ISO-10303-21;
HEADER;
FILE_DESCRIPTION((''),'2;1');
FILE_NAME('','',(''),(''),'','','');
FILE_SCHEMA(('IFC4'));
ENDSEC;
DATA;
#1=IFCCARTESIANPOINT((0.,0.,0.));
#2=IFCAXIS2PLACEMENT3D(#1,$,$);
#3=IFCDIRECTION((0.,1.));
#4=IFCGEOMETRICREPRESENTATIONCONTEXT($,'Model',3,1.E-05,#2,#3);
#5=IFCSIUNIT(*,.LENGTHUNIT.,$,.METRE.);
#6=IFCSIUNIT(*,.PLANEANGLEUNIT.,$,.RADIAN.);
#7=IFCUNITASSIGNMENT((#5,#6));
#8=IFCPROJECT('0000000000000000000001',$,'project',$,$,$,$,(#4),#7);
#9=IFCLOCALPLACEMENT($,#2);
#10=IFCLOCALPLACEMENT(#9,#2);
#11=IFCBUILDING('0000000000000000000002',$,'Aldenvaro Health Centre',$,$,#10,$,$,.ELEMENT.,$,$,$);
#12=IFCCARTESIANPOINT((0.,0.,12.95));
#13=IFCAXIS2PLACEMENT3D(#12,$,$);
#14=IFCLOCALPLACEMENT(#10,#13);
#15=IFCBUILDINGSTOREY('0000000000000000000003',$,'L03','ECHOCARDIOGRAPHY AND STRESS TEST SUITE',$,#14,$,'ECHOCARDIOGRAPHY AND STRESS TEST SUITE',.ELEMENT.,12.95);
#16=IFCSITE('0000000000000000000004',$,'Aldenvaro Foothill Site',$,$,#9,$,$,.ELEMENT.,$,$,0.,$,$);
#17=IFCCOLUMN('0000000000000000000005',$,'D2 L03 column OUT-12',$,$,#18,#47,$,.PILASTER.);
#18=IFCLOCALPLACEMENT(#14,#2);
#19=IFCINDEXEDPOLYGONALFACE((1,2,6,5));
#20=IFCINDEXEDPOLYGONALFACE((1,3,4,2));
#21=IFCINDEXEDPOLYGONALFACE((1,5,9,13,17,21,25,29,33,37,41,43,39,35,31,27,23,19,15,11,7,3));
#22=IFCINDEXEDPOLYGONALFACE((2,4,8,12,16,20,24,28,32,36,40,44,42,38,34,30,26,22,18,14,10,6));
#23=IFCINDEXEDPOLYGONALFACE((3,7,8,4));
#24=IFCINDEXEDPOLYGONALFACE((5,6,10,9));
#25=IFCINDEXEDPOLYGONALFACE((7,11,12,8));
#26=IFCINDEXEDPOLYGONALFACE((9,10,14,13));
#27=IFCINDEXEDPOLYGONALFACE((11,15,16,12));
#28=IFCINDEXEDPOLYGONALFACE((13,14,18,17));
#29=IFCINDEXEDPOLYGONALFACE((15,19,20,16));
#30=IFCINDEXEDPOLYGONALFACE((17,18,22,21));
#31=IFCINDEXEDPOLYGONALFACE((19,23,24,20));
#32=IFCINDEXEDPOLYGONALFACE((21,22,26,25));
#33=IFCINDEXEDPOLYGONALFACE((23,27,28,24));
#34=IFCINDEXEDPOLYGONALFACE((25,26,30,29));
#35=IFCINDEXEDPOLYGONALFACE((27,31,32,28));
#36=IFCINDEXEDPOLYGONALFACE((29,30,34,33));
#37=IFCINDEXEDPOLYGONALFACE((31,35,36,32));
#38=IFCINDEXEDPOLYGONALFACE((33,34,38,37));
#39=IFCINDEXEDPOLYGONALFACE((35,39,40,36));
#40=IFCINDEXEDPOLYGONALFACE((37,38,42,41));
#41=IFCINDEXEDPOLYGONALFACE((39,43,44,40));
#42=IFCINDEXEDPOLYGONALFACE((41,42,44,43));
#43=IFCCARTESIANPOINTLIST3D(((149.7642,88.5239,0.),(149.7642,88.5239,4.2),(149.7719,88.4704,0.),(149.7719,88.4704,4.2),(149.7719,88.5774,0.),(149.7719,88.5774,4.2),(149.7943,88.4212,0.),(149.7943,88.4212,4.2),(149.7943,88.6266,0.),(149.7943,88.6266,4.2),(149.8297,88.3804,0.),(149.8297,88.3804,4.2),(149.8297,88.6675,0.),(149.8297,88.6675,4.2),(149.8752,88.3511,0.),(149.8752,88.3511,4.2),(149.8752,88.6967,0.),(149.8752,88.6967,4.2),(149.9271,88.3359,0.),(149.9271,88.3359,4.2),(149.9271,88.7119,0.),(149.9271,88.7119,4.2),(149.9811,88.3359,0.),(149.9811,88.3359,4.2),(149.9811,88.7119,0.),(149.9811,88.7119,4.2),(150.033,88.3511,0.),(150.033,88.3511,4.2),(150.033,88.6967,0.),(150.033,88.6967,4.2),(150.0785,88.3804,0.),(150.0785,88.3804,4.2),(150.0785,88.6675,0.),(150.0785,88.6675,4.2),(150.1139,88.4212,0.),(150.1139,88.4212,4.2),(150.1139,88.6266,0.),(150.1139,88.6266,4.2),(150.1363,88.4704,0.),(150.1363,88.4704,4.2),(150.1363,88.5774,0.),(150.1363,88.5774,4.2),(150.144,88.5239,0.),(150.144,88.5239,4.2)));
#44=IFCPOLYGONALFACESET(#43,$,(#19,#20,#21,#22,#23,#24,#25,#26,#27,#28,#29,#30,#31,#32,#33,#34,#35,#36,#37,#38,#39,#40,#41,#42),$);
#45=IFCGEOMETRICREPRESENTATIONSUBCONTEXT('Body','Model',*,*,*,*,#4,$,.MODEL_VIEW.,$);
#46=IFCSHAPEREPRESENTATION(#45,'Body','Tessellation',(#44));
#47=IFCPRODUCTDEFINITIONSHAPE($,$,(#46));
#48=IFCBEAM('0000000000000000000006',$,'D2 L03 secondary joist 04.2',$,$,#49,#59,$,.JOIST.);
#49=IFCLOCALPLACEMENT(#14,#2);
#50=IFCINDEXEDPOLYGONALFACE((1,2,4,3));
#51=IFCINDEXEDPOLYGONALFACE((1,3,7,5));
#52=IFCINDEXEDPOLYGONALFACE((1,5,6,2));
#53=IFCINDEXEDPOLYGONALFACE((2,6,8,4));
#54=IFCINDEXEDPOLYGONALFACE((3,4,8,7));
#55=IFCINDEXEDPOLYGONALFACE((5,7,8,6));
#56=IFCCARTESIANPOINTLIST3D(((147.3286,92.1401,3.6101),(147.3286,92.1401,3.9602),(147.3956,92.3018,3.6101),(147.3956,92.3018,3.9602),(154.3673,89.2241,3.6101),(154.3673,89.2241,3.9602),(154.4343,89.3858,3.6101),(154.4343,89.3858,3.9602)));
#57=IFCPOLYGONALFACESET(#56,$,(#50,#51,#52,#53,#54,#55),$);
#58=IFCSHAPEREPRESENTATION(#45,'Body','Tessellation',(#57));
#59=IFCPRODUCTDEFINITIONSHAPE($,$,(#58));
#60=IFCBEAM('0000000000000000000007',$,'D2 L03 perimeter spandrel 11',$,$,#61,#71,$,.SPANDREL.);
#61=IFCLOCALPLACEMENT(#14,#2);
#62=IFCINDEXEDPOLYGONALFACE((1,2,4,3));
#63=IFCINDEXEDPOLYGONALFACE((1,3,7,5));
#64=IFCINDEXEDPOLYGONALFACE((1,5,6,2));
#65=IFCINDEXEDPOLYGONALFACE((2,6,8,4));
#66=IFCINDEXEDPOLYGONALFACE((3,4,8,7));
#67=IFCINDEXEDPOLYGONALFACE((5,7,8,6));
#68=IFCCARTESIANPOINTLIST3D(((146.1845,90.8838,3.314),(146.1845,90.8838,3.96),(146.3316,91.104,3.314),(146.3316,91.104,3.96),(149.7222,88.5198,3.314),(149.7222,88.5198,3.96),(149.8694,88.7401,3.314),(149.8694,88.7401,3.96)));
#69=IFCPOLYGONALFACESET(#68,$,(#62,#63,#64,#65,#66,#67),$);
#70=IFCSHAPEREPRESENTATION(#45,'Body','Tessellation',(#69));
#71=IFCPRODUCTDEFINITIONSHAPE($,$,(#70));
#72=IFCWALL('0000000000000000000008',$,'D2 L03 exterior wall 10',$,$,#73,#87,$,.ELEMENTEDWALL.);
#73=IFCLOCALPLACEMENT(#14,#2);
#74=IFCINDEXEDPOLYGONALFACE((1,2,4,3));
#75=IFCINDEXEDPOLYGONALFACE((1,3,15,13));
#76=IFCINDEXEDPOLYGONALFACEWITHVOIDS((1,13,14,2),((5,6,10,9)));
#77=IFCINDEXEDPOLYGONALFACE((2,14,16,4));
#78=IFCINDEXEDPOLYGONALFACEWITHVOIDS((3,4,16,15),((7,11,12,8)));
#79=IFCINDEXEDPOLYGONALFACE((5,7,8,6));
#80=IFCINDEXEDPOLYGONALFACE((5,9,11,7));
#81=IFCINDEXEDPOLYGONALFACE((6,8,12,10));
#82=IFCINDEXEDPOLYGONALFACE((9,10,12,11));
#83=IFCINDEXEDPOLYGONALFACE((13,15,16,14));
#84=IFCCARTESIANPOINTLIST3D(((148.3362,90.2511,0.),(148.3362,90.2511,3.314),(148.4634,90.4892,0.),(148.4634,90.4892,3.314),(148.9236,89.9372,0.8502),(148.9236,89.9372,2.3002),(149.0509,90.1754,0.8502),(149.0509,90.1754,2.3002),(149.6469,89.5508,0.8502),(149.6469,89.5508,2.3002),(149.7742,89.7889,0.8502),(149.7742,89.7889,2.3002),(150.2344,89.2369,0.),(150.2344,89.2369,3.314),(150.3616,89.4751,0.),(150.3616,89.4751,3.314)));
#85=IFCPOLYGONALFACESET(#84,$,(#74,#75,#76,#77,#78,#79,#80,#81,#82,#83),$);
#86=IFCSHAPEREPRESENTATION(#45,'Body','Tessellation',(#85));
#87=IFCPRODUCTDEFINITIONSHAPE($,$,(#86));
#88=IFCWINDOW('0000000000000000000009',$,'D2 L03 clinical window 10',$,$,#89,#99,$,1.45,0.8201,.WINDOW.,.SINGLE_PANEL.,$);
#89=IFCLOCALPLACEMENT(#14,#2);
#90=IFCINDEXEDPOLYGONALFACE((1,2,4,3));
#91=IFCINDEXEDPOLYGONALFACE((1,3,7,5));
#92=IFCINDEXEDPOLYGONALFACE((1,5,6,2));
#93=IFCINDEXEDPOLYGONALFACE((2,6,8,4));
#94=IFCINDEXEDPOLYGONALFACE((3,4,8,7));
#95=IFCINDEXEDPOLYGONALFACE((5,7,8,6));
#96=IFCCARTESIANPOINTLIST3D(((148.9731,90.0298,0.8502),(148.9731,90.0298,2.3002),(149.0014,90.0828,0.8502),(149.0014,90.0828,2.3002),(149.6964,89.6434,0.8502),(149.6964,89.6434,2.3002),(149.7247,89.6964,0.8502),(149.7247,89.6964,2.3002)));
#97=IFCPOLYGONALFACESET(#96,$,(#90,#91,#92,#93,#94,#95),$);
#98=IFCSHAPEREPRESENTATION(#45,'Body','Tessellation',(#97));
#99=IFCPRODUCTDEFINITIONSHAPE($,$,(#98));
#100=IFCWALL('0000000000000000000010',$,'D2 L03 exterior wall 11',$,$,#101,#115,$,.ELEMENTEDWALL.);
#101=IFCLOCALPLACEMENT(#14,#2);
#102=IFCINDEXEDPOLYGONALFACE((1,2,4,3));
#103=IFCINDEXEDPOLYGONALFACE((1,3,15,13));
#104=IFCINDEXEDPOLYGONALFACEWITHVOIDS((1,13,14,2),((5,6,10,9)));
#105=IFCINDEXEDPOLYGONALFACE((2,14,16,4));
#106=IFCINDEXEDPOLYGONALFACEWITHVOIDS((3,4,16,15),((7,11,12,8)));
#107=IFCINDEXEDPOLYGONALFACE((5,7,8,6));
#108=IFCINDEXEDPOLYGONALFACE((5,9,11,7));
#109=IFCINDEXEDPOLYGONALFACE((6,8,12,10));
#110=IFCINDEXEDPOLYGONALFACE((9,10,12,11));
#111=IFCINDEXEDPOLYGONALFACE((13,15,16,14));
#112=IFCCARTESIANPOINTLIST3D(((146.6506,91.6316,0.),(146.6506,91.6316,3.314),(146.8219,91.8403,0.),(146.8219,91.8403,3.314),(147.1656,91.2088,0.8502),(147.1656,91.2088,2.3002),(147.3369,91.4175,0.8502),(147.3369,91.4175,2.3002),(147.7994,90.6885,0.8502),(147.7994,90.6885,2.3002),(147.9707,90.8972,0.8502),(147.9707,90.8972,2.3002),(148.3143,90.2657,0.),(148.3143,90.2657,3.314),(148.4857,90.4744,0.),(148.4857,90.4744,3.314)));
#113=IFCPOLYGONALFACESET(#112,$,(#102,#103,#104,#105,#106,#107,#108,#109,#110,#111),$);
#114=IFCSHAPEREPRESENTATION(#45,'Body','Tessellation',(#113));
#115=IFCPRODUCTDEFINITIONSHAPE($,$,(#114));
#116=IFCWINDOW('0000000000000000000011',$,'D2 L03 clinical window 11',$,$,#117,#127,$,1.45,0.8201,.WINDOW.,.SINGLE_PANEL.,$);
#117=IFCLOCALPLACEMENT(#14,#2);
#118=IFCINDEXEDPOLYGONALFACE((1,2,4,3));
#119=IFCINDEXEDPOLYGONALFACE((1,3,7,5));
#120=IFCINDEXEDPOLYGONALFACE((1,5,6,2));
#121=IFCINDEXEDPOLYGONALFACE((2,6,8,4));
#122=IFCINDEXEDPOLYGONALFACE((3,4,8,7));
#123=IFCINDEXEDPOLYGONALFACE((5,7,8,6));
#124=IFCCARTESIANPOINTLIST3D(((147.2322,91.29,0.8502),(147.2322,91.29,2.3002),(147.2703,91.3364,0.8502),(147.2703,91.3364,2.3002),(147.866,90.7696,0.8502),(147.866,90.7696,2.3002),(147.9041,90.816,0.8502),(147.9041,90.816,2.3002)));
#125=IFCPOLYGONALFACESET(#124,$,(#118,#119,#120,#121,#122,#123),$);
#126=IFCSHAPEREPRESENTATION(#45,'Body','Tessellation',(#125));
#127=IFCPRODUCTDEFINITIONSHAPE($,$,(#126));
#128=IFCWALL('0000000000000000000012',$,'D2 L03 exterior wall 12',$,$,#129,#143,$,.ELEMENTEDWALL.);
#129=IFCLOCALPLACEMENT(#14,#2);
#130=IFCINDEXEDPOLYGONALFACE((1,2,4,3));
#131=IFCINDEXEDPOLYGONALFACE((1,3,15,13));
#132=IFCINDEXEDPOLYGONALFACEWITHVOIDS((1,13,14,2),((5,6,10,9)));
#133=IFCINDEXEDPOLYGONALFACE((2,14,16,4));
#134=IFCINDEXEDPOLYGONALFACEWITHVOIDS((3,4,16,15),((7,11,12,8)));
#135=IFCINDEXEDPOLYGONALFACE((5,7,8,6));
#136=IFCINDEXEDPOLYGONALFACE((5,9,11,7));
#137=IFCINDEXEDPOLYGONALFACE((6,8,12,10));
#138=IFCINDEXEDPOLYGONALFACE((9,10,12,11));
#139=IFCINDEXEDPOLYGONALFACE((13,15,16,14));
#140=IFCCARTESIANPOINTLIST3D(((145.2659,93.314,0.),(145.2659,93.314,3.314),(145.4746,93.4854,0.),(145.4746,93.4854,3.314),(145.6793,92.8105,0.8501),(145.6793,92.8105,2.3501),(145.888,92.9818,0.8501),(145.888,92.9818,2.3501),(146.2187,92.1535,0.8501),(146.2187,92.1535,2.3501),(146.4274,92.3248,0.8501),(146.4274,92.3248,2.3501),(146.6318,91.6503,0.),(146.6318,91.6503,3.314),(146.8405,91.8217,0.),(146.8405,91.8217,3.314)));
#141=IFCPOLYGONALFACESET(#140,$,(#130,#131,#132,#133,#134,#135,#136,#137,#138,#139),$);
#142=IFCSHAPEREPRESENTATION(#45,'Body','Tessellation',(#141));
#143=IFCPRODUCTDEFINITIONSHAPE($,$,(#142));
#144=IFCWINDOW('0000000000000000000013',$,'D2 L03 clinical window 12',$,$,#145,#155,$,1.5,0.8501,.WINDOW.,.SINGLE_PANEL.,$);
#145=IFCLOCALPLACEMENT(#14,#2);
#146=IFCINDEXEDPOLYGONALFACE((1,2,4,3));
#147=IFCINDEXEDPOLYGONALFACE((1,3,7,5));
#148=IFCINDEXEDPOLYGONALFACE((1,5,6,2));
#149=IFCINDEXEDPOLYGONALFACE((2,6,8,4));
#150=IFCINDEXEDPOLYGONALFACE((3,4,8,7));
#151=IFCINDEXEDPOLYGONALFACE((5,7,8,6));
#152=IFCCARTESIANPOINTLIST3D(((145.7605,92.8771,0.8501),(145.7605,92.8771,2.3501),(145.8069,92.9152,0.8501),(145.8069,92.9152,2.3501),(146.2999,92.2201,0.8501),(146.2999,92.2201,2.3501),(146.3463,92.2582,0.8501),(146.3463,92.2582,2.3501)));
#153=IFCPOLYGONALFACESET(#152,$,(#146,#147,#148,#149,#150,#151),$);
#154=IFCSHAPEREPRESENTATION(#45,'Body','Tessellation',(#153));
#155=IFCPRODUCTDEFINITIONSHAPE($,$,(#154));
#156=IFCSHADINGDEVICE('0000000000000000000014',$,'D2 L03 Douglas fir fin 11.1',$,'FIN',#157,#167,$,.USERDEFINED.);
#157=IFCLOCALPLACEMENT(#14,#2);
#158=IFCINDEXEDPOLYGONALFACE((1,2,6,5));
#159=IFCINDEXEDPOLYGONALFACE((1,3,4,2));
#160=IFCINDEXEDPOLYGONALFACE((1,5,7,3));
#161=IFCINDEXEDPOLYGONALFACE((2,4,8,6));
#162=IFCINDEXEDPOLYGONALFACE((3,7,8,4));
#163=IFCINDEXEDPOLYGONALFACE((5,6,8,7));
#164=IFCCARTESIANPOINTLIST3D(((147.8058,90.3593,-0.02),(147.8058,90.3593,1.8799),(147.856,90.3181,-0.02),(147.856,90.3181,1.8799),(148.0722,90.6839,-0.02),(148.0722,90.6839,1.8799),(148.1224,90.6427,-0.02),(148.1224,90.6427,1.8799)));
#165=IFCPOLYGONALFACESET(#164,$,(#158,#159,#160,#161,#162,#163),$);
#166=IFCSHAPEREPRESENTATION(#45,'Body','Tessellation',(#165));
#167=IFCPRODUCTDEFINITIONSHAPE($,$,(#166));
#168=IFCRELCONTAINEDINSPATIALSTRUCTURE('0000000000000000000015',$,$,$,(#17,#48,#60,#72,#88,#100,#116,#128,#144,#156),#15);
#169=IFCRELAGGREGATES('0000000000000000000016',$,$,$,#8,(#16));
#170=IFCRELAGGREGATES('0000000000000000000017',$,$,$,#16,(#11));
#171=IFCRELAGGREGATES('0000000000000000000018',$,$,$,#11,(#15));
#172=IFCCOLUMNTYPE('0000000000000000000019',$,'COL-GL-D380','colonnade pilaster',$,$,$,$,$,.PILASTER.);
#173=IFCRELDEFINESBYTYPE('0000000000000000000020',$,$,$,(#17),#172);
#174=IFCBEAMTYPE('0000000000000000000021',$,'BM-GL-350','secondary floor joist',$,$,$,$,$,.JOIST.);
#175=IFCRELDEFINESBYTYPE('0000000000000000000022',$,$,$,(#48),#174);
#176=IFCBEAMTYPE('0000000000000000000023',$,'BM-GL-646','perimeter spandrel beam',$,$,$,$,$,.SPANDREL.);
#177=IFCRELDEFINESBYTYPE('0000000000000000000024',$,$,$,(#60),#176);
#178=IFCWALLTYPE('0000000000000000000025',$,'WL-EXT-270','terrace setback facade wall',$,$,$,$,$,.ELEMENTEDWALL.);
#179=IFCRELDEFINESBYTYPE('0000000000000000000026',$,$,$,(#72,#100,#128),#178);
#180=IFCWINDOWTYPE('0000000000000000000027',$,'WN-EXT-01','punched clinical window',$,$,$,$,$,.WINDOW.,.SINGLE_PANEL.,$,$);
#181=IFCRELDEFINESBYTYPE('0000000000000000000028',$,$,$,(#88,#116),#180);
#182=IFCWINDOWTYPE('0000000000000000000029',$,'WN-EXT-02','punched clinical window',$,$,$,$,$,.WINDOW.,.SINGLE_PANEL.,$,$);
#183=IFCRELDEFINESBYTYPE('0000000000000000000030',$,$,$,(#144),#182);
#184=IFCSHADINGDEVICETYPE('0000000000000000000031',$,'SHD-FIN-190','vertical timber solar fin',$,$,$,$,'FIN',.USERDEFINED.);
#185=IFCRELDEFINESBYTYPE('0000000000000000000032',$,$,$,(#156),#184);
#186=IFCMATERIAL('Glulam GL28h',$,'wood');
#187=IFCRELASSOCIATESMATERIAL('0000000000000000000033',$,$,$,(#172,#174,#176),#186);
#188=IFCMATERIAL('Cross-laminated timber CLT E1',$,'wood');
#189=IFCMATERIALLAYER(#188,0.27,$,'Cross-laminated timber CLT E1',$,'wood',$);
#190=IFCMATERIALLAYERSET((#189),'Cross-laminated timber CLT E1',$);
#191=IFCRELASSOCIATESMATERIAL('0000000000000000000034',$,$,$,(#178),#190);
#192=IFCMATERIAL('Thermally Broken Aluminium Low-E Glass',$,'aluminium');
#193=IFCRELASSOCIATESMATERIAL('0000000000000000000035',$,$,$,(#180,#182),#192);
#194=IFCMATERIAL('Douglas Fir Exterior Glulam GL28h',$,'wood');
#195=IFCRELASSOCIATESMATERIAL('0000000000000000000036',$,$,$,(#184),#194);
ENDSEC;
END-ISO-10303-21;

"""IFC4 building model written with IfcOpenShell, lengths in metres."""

from ifc_helpers import new_model, si_unit, direction, frame, frame_2d, origin, origin_2d, place, context, subcontext, project, spatial, rectangle, circle, extrude, material, layer, layer_set, material_profile, profile_set, type_object, element, fill, save


model = new_model("IFC4")

# Units and contexts
model_context = context("Model", 3, precision=1e-05, world=origin(), true_north=direction((0.0, 1.0)))
body_context = subcontext(model_context, "Body", "Model", "MODEL_VIEW")
ifc_project = project(units=[si_unit("LENGTHUNIT", "METRE"), si_unit("PLANEANGLEUNIT", "RADIAN")], contexts=[model_context])

# Site, building, storey
site_placement = place(None, origin())
site = spatial("IfcSite", under=ifc_project, at=site_placement, Name="Aldenvaro Foothill Site", CompositionType="ELEMENT", RefElevation=0.0)
building_placement = place(site_placement, origin())
building = spatial("IfcBuilding", under=site, at=building_placement, Name="Aldenvaro Health Centre", CompositionType="ELEMENT")
storey_placement = place(building_placement, frame((0.0, 0.0, 12.95)))
storey = spatial("IfcBuildingStorey", under=building, at=storey_placement, Name="L03", Description="ECHOCARDIOGRAPHY AND STRESS TEST SUITE", LongName="ECHOCARDIOGRAPHY AND STRESS TEST SUITE", CompositionType="ELEMENT", Elevation=12.95)

# Column
ifc_material_1 = material(Name="Glulam GL28h", Category="wood")
ifc_material_profile_1 = material_profile(ifc_material_1, circle(Radius=0.1899, at=origin_2d()), Name="GL D380", Category="wood")
ifc_profile_set_1 = profile_set([ifc_material_profile_1], Name="Glulam GL28h")
column_type = type_object("IfcColumnType", Name="COL-GL-D380", Description="colonnade pilaster", PredefinedType="PILASTER", material=ifc_profile_set_1)
column_placement = place(storey_placement, frame((149.9541, 88.5239, 0.0), z_axis=(0.0, 0.0, 1.0), x_axis=(1.0, 0.0, 0.0)))
element("IfcColumn", 1, at=column_placement, inside=storey, type_object=column_type, Name="D2 L03 column OUT-12", PredefinedType="PILASTER", context=body_context, shape_type="SweptSolid", body=[
    extrude(circle(Radius=0.1899, at=origin_2d()), origin(), (0.0, 0.0, 1.0), 4.2),
])

# Beams
ifc_material_profile_2 = material_profile(ifc_material_1, rectangle(XDim=0.175, YDim=0.3501, at=origin_2d()), Name="GL 175x350", Category="wood")
ifc_profile_set_2 = profile_set([ifc_material_profile_2], Name="Glulam GL28h")
beam_type_1 = type_object("IfcBeamType", Name="BM-GL-350", Description="secondary floor joist", PredefinedType="JOIST", material=ifc_profile_set_2)
beam_1_placement = place(storey_placement, frame((147.3621, 92.2209, 3.7852), z_axis=(0.923859, -0.382733, 0.0), x_axis=(0.382733, 0.923859, 0.0)))
element("IfcBeam", 2, at=beam_1_placement, inside=storey, type_object=beam_type_1, Name="D2 L03 secondary joist 04.2", PredefinedType="JOIST", context=body_context, shape_type="SweptSolid", body=[
    extrude(rectangle(XDim=0.175, YDim=0.3501, at=origin_2d()), origin(), (0.0, 0.0, 1.0), 7.6189),
])
ifc_material_profile_3 = material_profile(ifc_material_1, rectangle(XDim=0.2649, YDim=0.646, at=origin_2d()), Name="GL 265x646", Category="wood")
ifc_profile_set_3 = profile_set([ifc_material_profile_3], Name="Glulam GL28h")
beam_type_2 = type_object("IfcBeamType", Name="BM-GL-646", Description="perimeter spandrel beam", PredefinedType="SPANDREL", material=ifc_profile_set_3)
beam_2_placement = place(storey_placement, frame((146.2581, 90.9939, 3.637), z_axis=(0.831458, -0.555587, 0.0), x_axis=(0.555587, 0.831458, 0.0)))
element("IfcBeam", 3, at=beam_2_placement, inside=storey, type_object=beam_type_2, Name="D2 L03 perimeter spandrel 11", PredefinedType="SPANDREL", context=body_context, shape_type="SweptSolid", body=[
    extrude(rectangle(XDim=0.2649, YDim=0.646, at=origin_2d()), origin(), (0.0, 0.0, 1.0), 4.2549),
])

# Walls, openings, windows
ifc_material_2 = material(Name="Cross-laminated timber CLT E1", Category="wood")
ifc_layer = layer(ifc_material_2, 0.27, Name="Cross-laminated timber CLT E1", Category="wood")
ifc_layer_set = layer_set([ifc_layer], Name="Cross-laminated timber CLT E1")
wall_type = type_object("IfcWallType", Name="WL-EXT-270", Description="terrace setback facade wall", PredefinedType="ELEMENTEDWALL", material=ifc_layer_set)
wall_1_placement = place(storey_placement, frame((150.2981, 89.356, 0.0), z_axis=(0.0, 0.0, 1.0), x_axis=(-0.882007, 0.471236, 0.0)))
wall_1 = element("IfcWall", 4, at=wall_1_placement, inside=storey, type_object=wall_type, Name="D2 L03 exterior wall 10", PredefinedType="ELEMENTEDWALL", context=body_context, shape_type="SweptSolid", body=[
    extrude(rectangle(XDim=2.1521, YDim=0.27, at=frame_2d((1.0762, 0.0))), origin(), (0.0, 0.0, 1.0), 3.314),
])
opening_1_placement = place(wall_1_placement, frame((0.666, 0.0, 0.8501)))
opening_1 = element("IfcOpeningElement", 5, at=opening_1_placement, cuts=wall_1, PredefinedType="OPENING", context=body_context, shape_type="SweptSolid", body=[
    extrude(rectangle(XDim=0.8201, YDim=1.45, at=frame_2d((0.4102, 0.7251))), frame((0.0, 0.145, 0.0), z_axis=(0.0, -1.0, 0.0), x_axis=(1.0, 0.0, 0.0)), (0.0, 0.0, 1.0), 0.29),
])
ifc_material_3 = material(Name="Thermally Broken Aluminium Low-E Glass", Category="aluminium")
window_type_1 = type_object("IfcWindowType", Name="WN-EXT-01", Description="punched clinical window", PartitioningType="SINGLE_PANEL", PredefinedType="WINDOW", material=ifc_material_3)
window_1_placement = place(opening_1_placement, origin())
window_1 = element("IfcWindow", 6, at=window_1_placement, inside=storey, type_object=window_type_1, Name="D2 L03 clinical window 10", OverallHeight=1.45, OverallWidth=0.8201, PartitioningType="SINGLE_PANEL", PredefinedType="WINDOW", context=body_context, shape_type="SweptSolid", body=[
    extrude(rectangle(XDim=0.8201, YDim=1.45, at=frame_2d((0.4102, 0.7251))), frame((0.0, 0.03, 0.0), z_axis=(0.0, -1.0, 0.0), x_axis=(1.0, 0.0, 0.0)), (0.0, 0.0, 1.0), 0.0601),
])
fill(opening_1, window_1)
wall_2_placement = place(storey_placement, frame((148.3999, 90.3701, 0.0), z_axis=(0.0, 0.0, 1.0), x_axis=(-0.772895, 0.634534, 0.0)))
wall_2 = element("IfcWall", 7, at=wall_2_placement, inside=storey, type_object=wall_type, Name="D2 L03 exterior wall 11", PredefinedType="ELEMENTEDWALL", context=body_context, shape_type="SweptSolid", body=[
    extrude(rectangle(XDim=2.1526, YDim=0.27, at=frame_2d((1.0762, 0.0))), origin(), (0.0, 0.0, 1.0), 3.314),
])
opening_2_placement = place(wall_2_placement, frame((0.666, 0.0, 0.8501)))
opening_2 = element("IfcOpeningElement", 8, at=opening_2_placement, cuts=wall_2, PredefinedType="OPENING", context=body_context, shape_type="SweptSolid", body=[
    extrude(rectangle(XDim=0.8201, YDim=1.45, at=frame_2d((0.4102, 0.7251))), frame((0.0, 0.145, 0.0), z_axis=(0.0, -1.0, 0.0), x_axis=(1.0, 0.0, 0.0)), (0.0, 0.0, 1.0), 0.29),
])
window_2_placement = place(opening_2_placement, origin())
window_2 = element("IfcWindow", 9, at=window_2_placement, inside=storey, type_object=window_type_1, Name="D2 L03 clinical window 11", OverallHeight=1.45, OverallWidth=0.8201, PartitioningType="SINGLE_PANEL", PredefinedType="WINDOW", context=body_context, shape_type="SweptSolid", body=[
    extrude(rectangle(XDim=0.8201, YDim=1.45, at=frame_2d((0.4102, 0.7251))), frame((0.0, 0.03, 0.0), z_axis=(0.0, -1.0, 0.0), x_axis=(1.0, 0.0, 0.0)), (0.0, 0.0, 1.0), 0.0601),
])
fill(opening_2, window_2)
wall_3_placement = place(storey_placement, frame((146.7361, 91.7361, 0.0), z_axis=(0.0, 0.0, 1.0), x_axis=(-0.634534, 0.772895, 0.0)))
wall_3 = element("IfcWall", 10, at=wall_3_placement, inside=storey, type_object=wall_type, Name="D2 L03 exterior wall 12", PredefinedType="ELEMENTEDWALL", context=body_context, shape_type="SweptSolid", body=[
    extrude(rectangle(XDim=2.1526, YDim=0.27, at=frame_2d((1.0762, 0.0))), origin(), (0.0, 0.0, 1.0), 3.314),
])
opening_3_placement = place(wall_3_placement, frame((0.6509, 0.0, 0.8501)))
opening_3 = element("IfcOpeningElement", 11, at=opening_3_placement, cuts=wall_3, PredefinedType="OPENING", context=body_context, shape_type="SweptSolid", body=[
    extrude(rectangle(XDim=0.8501, YDim=1.5, at=frame_2d((0.425, 0.75))), frame((0.0, 0.145, 0.0), z_axis=(0.0, -1.0, 0.0), x_axis=(1.0, 0.0, 0.0)), (0.0, 0.0, 1.0), 0.29),
])
window_type_2 = type_object("IfcWindowType", Name="WN-EXT-02", Description="punched clinical window", PartitioningType="SINGLE_PANEL", PredefinedType="WINDOW", material=ifc_material_3)
window_3_placement = place(opening_3_placement, origin())
window_3 = element("IfcWindow", 12, at=window_3_placement, inside=storey, type_object=window_type_2, Name="D2 L03 clinical window 12", OverallHeight=1.5, OverallWidth=0.8501, PartitioningType="SINGLE_PANEL", PredefinedType="WINDOW", context=body_context, shape_type="SweptSolid", body=[
    extrude(rectangle(XDim=0.8501, YDim=1.5, at=frame_2d((0.425, 0.75))), frame((0.0, 0.03, 0.0), z_axis=(0.0, -1.0, 0.0), x_axis=(1.0, 0.0, 0.0)), (0.0, 0.0, 1.0), 0.0601),
])
fill(opening_3, window_3)

# Shading device
ifc_material_4 = material(Name="Douglas Fir Exterior Glulam GL28h", Category="wood")
shading_device_type_1 = type_object("IfcShadingDeviceType", Name="SHD-FIN-190", Description="vertical timber solar fin", ElementType="FIN", PredefinedType="USERDEFINED", material=ifc_material_4)
shading_device_1_placement = place(storey_placement, frame((147.9641, 90.501, -0.02), z_axis=(0.0, 0.0, 1.0), x_axis=(-0.772921, 0.634502, 0.0)))
element("IfcShadingDevice", 13, at=shading_device_1_placement, inside=storey, type_object=shading_device_type_1, Name="D2 L03 Douglas fir fin 11.1", ObjectType="FIN", PredefinedType="USERDEFINED", context=body_context, shape_type="SweptSolid", body=[
    extrude(rectangle(XDim=0.0649, YDim=0.4199, at=origin_2d()), origin(), (0.0, 0.0, 1.0), 1.8999),
])

save(model, "model.ifc")
